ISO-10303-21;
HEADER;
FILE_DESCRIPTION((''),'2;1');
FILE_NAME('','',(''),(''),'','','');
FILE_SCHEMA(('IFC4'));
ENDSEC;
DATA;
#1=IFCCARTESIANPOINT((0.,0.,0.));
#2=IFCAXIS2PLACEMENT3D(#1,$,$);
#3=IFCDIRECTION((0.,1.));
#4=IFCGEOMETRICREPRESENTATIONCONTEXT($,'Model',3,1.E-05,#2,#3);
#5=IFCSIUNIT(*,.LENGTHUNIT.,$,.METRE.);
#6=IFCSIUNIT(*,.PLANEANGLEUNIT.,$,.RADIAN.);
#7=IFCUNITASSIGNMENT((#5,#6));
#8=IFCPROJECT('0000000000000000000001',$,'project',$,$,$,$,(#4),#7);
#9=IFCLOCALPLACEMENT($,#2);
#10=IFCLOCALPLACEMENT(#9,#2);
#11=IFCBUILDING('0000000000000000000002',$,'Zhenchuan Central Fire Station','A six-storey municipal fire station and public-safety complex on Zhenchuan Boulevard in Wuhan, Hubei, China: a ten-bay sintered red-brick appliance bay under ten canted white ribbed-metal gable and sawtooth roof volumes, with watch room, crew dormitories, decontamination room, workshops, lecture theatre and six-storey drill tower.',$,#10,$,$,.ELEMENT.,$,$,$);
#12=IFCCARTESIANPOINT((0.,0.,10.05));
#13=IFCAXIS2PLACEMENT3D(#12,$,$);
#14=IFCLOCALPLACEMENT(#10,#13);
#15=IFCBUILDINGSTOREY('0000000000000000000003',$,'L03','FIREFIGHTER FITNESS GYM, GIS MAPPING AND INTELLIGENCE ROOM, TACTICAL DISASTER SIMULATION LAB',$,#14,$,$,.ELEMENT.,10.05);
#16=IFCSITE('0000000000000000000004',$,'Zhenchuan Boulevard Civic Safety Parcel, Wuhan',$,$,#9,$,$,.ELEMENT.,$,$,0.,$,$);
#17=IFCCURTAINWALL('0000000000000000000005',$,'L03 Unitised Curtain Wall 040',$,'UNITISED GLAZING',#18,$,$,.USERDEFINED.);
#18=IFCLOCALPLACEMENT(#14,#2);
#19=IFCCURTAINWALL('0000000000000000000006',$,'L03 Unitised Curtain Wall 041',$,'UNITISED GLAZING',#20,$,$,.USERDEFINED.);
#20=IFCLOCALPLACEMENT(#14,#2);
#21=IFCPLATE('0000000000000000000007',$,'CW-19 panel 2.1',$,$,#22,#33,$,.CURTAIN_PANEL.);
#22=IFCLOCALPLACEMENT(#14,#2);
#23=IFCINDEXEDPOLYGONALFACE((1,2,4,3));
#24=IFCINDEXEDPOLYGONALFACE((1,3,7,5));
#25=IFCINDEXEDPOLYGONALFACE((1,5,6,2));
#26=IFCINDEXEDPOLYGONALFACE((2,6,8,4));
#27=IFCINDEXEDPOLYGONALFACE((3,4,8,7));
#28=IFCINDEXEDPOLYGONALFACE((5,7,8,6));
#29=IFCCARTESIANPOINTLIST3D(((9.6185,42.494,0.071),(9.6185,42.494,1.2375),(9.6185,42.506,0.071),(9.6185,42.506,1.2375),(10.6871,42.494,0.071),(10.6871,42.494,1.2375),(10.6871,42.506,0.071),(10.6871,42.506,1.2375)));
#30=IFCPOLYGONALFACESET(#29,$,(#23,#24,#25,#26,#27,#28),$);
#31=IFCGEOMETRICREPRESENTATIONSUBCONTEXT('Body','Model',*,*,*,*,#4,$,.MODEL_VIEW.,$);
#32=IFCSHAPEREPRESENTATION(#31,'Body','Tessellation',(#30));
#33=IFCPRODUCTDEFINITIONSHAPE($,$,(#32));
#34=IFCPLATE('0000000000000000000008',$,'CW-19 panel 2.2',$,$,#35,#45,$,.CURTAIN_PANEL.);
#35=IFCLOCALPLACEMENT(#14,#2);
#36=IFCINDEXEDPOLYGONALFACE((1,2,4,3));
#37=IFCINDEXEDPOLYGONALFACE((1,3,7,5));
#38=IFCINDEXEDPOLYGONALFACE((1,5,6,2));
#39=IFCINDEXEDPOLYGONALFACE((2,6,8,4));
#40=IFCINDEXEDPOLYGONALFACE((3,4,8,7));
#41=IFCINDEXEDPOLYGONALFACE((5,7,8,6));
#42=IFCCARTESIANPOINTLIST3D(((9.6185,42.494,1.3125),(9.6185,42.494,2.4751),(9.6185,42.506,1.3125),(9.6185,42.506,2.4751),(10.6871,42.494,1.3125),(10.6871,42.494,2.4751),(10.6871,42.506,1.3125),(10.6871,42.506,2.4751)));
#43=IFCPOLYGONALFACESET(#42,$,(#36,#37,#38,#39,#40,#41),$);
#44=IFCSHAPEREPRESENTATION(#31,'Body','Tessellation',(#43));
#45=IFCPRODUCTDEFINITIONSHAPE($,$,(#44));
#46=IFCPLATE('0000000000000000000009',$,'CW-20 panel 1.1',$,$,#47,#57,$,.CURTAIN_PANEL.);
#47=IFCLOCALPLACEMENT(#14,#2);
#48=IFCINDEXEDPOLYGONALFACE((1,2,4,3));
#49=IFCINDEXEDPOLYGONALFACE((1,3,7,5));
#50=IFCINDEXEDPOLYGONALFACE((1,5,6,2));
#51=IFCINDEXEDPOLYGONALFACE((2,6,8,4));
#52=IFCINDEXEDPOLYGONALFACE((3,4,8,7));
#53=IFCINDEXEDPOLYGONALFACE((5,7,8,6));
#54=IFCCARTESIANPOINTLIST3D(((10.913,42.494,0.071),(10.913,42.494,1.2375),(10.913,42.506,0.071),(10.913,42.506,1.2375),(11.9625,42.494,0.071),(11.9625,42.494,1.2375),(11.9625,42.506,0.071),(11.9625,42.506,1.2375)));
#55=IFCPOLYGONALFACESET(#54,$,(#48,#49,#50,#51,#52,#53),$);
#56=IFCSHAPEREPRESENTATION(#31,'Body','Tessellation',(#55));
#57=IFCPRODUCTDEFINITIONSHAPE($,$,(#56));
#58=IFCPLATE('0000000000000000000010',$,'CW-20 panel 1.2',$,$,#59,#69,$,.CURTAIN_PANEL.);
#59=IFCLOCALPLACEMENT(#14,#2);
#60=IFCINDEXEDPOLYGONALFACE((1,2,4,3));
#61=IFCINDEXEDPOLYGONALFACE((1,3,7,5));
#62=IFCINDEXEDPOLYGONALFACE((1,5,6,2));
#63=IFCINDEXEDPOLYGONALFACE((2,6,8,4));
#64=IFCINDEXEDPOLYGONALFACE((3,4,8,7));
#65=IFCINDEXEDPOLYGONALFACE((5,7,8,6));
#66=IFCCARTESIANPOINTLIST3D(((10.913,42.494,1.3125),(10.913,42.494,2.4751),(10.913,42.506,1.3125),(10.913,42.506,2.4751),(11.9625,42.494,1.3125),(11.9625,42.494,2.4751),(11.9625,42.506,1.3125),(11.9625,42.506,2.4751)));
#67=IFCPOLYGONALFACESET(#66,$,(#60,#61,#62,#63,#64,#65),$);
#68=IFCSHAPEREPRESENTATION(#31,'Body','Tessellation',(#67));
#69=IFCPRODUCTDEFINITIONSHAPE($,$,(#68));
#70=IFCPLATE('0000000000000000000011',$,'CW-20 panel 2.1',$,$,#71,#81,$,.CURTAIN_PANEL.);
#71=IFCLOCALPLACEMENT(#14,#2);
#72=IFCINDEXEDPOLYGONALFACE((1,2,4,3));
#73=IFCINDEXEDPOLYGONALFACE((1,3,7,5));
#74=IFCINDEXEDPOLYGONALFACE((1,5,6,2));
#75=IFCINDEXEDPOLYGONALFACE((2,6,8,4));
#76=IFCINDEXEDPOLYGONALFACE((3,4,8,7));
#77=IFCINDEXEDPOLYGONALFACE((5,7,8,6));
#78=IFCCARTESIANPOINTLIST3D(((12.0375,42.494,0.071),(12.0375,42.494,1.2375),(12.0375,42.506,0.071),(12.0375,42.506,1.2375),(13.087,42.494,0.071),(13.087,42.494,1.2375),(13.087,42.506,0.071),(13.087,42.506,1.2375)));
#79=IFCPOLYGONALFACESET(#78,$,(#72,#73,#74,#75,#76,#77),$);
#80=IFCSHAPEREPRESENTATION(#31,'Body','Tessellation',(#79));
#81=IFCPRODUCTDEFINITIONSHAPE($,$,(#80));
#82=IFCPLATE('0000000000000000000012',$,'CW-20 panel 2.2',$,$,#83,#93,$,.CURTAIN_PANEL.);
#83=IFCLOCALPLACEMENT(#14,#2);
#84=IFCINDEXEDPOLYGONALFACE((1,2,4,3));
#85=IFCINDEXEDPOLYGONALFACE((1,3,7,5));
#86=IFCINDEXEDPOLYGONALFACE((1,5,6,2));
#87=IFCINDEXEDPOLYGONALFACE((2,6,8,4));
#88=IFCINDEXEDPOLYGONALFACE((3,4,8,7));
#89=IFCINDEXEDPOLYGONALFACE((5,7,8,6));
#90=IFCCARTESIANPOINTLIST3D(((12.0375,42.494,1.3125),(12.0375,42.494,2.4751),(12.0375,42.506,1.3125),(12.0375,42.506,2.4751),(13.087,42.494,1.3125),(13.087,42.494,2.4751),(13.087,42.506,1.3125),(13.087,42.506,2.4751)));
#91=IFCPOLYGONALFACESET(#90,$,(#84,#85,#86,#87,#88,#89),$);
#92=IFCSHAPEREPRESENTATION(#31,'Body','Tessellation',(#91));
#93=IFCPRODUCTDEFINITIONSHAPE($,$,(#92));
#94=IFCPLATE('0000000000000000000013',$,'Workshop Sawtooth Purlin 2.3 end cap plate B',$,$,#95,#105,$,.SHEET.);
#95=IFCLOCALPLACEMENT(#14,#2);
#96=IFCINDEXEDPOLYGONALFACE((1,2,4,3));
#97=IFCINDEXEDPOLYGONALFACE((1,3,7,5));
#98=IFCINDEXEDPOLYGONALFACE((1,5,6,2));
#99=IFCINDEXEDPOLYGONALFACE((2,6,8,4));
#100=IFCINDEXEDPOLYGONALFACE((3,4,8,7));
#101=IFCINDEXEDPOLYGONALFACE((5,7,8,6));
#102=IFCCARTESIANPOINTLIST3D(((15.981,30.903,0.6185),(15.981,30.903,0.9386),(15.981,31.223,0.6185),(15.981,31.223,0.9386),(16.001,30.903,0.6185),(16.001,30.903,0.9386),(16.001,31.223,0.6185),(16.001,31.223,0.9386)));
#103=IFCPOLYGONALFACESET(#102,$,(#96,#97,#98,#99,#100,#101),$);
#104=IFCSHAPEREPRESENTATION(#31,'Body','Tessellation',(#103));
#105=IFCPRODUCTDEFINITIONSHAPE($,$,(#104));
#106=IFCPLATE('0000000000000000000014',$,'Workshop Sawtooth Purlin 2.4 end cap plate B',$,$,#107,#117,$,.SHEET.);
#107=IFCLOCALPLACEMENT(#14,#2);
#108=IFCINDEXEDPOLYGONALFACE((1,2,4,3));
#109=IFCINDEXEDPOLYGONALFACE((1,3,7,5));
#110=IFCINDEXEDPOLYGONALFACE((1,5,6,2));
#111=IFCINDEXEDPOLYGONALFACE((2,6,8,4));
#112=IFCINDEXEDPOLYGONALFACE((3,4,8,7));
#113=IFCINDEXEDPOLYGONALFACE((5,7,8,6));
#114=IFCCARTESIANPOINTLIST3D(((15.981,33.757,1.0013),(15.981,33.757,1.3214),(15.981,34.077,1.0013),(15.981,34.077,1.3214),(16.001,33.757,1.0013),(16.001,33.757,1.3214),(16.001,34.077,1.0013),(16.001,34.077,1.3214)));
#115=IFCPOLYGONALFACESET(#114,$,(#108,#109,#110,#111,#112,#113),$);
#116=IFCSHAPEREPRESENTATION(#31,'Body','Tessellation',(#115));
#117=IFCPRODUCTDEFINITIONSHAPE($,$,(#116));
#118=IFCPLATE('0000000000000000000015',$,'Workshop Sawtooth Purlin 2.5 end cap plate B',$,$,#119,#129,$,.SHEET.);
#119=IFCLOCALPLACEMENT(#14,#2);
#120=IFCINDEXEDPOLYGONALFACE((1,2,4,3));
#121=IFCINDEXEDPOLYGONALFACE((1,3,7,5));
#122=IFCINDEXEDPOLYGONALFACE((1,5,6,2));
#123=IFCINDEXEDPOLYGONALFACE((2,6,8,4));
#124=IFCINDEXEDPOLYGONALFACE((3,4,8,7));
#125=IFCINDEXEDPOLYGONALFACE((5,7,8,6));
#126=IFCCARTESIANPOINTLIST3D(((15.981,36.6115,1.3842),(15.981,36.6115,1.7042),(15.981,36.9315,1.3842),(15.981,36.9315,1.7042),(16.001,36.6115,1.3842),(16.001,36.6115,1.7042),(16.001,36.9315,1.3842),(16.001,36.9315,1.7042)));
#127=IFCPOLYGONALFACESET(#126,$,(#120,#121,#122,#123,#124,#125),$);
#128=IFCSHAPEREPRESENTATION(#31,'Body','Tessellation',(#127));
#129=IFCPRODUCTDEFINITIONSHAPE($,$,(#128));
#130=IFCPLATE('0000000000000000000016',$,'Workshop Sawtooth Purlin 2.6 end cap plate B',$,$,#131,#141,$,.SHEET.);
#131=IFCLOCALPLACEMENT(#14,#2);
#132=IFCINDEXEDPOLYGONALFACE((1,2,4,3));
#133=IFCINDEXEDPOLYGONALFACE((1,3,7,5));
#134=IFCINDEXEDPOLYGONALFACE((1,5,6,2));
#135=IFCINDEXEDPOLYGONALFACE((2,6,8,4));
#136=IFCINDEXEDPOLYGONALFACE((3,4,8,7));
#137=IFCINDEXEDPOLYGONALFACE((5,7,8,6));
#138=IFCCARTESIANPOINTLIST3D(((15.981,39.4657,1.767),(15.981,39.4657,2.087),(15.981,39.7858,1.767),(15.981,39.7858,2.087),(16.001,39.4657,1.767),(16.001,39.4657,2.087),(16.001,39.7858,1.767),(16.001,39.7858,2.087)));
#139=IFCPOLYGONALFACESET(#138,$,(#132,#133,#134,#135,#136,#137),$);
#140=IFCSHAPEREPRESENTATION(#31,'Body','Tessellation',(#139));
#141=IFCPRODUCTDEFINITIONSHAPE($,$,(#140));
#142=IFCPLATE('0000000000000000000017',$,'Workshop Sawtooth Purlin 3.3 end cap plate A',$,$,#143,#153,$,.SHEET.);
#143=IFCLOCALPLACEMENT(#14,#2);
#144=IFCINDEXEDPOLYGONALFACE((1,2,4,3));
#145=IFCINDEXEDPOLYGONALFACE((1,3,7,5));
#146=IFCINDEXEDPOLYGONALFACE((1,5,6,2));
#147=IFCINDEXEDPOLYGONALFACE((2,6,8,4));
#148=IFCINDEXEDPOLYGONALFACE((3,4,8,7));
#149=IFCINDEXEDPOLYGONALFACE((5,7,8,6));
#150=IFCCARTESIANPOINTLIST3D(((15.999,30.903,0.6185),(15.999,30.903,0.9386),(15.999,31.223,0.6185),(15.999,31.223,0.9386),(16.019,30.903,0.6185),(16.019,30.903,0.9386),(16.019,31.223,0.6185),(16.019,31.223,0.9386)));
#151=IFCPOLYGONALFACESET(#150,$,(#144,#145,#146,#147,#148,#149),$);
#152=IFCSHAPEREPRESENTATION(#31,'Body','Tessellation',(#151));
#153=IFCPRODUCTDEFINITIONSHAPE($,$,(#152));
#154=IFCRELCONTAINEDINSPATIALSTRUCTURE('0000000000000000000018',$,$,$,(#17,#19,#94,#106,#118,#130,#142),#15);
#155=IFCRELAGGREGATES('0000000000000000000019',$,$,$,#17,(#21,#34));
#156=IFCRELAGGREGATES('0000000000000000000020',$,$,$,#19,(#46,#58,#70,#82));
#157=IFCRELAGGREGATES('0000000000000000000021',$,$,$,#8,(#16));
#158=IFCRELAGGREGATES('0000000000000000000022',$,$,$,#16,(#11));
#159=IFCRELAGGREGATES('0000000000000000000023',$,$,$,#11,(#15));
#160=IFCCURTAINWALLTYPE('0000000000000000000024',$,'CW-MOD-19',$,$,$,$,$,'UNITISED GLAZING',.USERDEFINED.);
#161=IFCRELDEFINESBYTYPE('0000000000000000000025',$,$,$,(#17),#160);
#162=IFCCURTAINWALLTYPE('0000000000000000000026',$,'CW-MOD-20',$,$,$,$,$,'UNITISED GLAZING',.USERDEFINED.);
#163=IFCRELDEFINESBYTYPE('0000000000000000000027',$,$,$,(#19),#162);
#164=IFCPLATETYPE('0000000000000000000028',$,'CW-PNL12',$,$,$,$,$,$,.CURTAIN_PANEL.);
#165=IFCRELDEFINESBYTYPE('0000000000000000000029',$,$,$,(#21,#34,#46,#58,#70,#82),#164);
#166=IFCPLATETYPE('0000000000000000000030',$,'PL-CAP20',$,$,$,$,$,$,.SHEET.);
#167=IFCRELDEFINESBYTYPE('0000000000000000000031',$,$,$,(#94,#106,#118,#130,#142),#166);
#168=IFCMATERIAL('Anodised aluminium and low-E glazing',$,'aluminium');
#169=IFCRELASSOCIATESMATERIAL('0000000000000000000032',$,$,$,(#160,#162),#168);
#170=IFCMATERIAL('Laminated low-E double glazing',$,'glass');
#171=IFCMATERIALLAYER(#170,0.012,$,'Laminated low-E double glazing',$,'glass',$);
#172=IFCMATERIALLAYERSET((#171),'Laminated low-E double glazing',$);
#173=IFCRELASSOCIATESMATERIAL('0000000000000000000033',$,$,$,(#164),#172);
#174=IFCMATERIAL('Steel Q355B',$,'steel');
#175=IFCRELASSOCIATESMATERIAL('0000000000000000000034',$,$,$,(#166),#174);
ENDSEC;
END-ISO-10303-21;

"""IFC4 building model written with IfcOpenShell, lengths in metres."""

from ifc_helpers import new_model, si_unit, direction, frame, origin, origin_2d, place, context, subcontext, project, spatial, rectangle, extrude, material, layer, layer_set, material_profile, profile_set, type_object, element, aggregate, save


model = new_model("IFC4")

# Units and contexts
model_context = context("Model", 3, precision=1e-05, world=origin(), true_north=direction((0.0, 1.0)))
body_context = subcontext(model_context, "Body", "Model", "MODEL_VIEW")
ifc_project = project(units=[si_unit("LENGTHUNIT", "METRE"), si_unit("PLANEANGLEUNIT", "RADIAN")], contexts=[model_context])

# Site, building, storey
site_placement = place(None, origin())
site = spatial("IfcSite", under=ifc_project, at=site_placement, Name="Zhenchuan Boulevard Civic Safety Parcel, Wuhan", CompositionType="ELEMENT", RefElevation=0.0)
building_placement = place(site_placement, origin())
building = spatial("IfcBuilding", under=site, at=building_placement, Name="Zhenchuan Central Fire Station", Description="A six-storey municipal fire station and public-safety complex on Zhenchuan Boulevard in Wuhan, Hubei, China: a ten-bay sintered red-brick appliance bay under ten canted white ribbed-metal gable and sawtooth roof volumes, with watch room, crew dormitories, decontamination room, workshops, lecture theatre and six-storey drill tower.", CompositionType="ELEMENT")
storey_placement = place(building_placement, frame((0.0, 0.0, 10.05)))
storey = spatial("IfcBuildingStorey", under=building, at=storey_placement, Name="L03", Description="FIREFIGHTER FITNESS GYM, GIS MAPPING AND INTELLIGENCE ROOM, TACTICAL DISASTER SIMULATION LAB", CompositionType="ELEMENT", Elevation=10.05)

# Curtain walls
ifc_material_1 = material(Name="Anodised aluminium and low-E glazing", Category="aluminium")
curtain_wall_type_1 = type_object("IfcCurtainWallType", Name="CW-MOD-19", ElementType="UNITISED GLAZING", PredefinedType="USERDEFINED", material=ifc_material_1)
curtain_wall_1_placement = place(storey_placement, origin())
curtain_wall_1 = element("IfcCurtainWall", 1, at=curtain_wall_1_placement, inside=storey, type_object=curtain_wall_type_1, Name="L03 Unitised Curtain Wall 040", ObjectType="UNITISED GLAZING", PredefinedType="USERDEFINED")
curtain_wall_type_2 = type_object("IfcCurtainWallType", Name="CW-MOD-20", ElementType="UNITISED GLAZING", PredefinedType="USERDEFINED", material=ifc_material_1)
curtain_wall_2_placement = place(storey_placement, origin())
curtain_wall_2 = element("IfcCurtainWall", 2, at=curtain_wall_2_placement, inside=storey, type_object=curtain_wall_type_2, Name="L03 Unitised Curtain Wall 041", ObjectType="UNITISED GLAZING", PredefinedType="USERDEFINED")

# Plates
ifc_material_2 = material(Name="Laminated low-E double glazing", Category="glass")
ifc_layer = layer(ifc_material_2, 0.012, Name="Laminated low-E double glazing", Category="glass")
ifc_layer_set = layer_set([ifc_layer], Name="Laminated low-E double glazing")
plate_type_1 = type_object("IfcPlateType", Name="CW-PNL12", PredefinedType="CURTAIN_PANEL", material=ifc_layer_set)
plate_1_placement = place(storey_placement, frame((10.1528, 42.5, 0.071), z_axis=(0.0, 0.0, 1.0), x_axis=(1.0, 0.0, 0.0)))
plate_1 = element("IfcPlate", 3, at=plate_1_placement, type_object=plate_type_1, Name="CW-19 panel 2.1", PredefinedType="CURTAIN_PANEL", context=body_context, shape_type="SweptSolid", body=[
    extrude(rectangle(XDim=1.0686, YDim=0.012, at=origin_2d()), origin(), (0.0, 0.0, 1.0), 1.1665),
])
plate_2_placement = place(storey_placement, frame((10.1528, 42.5, 1.3125), z_axis=(0.0, 0.0, 1.0), x_axis=(1.0, 0.0, 0.0)))
plate_2 = element("IfcPlate", 4, at=plate_2_placement, type_object=plate_type_1, Name="CW-19 panel 2.2", PredefinedType="CURTAIN_PANEL", context=body_context, shape_type="SweptSolid", body=[
    extrude(rectangle(XDim=1.0686, YDim=0.012, at=origin_2d()), origin(), (0.0, 0.0, 1.0), 1.1626),
])
aggregate(curtain_wall_1, [plate_1, plate_2])
plate_3_placement = place(storey_placement, frame((11.4377, 42.5, 0.071), z_axis=(0.0, 0.0, 1.0), x_axis=(1.0, 0.0, 0.0)))
plate_3 = element("IfcPlate", 5, at=plate_3_placement, type_object=plate_type_1, Name="CW-20 panel 1.1", PredefinedType="CURTAIN_PANEL", context=body_context, shape_type="SweptSolid", body=[
    extrude(rectangle(XDim=1.0496, YDim=0.012, at=origin_2d()), origin(), (0.0, 0.0, 1.0), 1.1665),
])
plate_4_placement = place(storey_placement, frame((11.4377, 42.5, 1.3125), z_axis=(0.0, 0.0, 1.0), x_axis=(1.0, 0.0, 0.0)))
plate_4 = element("IfcPlate", 6, at=plate_4_placement, type_object=plate_type_1, Name="CW-20 panel 1.2", PredefinedType="CURTAIN_PANEL", context=body_context, shape_type="SweptSolid", body=[
    extrude(rectangle(XDim=1.0496, YDim=0.012, at=origin_2d()), origin(), (0.0, 0.0, 1.0), 1.1626),
])
plate_5_placement = place(storey_placement, frame((12.5623, 42.5, 0.071), z_axis=(0.0, 0.0, 1.0), x_axis=(1.0, 0.0, 0.0)))
plate_5 = element("IfcPlate", 7, at=plate_5_placement, type_object=plate_type_1, Name="CW-20 panel 2.1", PredefinedType="CURTAIN_PANEL", context=body_context, shape_type="SweptSolid", body=[
    extrude(rectangle(XDim=1.0496, YDim=0.012, at=origin_2d()), origin(), (0.0, 0.0, 1.0), 1.1665),
])
plate_6_placement = place(storey_placement, frame((12.5623, 42.5, 1.3125), z_axis=(0.0, 0.0, 1.0), x_axis=(1.0, 0.0, 0.0)))
plate_6 = element("IfcPlate", 8, at=plate_6_placement, type_object=plate_type_1, Name="CW-20 panel 2.2", PredefinedType="CURTAIN_PANEL", context=body_context, shape_type="SweptSolid", body=[
    extrude(rectangle(XDim=1.0496, YDim=0.012, at=origin_2d()), origin(), (0.0, 0.0, 1.0), 1.1626),
])
aggregate(curtain_wall_2, [plate_3, plate_4, plate_5, plate_6])

# Plates
ifc_material_3 = material(Name="Steel Q355B", Category="steel")
ifc_material_profile_1 = material_profile(ifc_material_3, rectangle(XDim=0.3201, YDim=0.3201, at=origin_2d()), Name="PL 320x320x20")
ifc_profile_set_1 = profile_set([ifc_material_profile_1], Name="Steel Q355B")
plate_type_2 = type_object("IfcPlateType", Name="PL-CAP20", PredefinedType="SHEET", material=ifc_profile_set_1)
for number, where, z_axis, x_axis, name in (
    (9, (15.981, 31.063, 0.7786), (1.0, 0.0, 0.0), (0.0, 1.0, 0.0), "Workshop Sawtooth Purlin 2.3 end cap plate B"),
    (10, (15.981, 33.917, 1.1614), (1.0, 0.0, 0.0), (0.0, 1.0, 0.0), "Workshop Sawtooth Purlin 2.4 end cap plate B"),
    (11, (15.981, 36.7715, 1.5442), (1.0, 0.0, 0.0), (0.0, 1.0, 0.0), "Workshop Sawtooth Purlin 2.5 end cap plate B"),
    (12, (15.981, 39.6257, 1.927), (1.0, 0.0, 0.0), (0.0, 1.0, 0.0), "Workshop Sawtooth Purlin 2.6 end cap plate B"),
    (13, (15.999, 31.063, 0.7786), (1.0, 0.0, 0.0), (0.0, 1.0, 0.0), "Workshop Sawtooth Purlin 3.3 end cap plate A"),
):
    element("IfcPlate", number, at=place(storey_placement, frame(where, z_axis=z_axis, x_axis=x_axis)), inside=storey, type_object=plate_type_2, Name=name, PredefinedType="SHEET", context=body_context, shape_type="SweptSolid", body=[
        extrude(rectangle(XDim=0.3201, YDim=0.3201, at=origin_2d()), origin(), (0.0, 0.0, 1.0), 0.02),
    ])

save(model, "model.ifc")
